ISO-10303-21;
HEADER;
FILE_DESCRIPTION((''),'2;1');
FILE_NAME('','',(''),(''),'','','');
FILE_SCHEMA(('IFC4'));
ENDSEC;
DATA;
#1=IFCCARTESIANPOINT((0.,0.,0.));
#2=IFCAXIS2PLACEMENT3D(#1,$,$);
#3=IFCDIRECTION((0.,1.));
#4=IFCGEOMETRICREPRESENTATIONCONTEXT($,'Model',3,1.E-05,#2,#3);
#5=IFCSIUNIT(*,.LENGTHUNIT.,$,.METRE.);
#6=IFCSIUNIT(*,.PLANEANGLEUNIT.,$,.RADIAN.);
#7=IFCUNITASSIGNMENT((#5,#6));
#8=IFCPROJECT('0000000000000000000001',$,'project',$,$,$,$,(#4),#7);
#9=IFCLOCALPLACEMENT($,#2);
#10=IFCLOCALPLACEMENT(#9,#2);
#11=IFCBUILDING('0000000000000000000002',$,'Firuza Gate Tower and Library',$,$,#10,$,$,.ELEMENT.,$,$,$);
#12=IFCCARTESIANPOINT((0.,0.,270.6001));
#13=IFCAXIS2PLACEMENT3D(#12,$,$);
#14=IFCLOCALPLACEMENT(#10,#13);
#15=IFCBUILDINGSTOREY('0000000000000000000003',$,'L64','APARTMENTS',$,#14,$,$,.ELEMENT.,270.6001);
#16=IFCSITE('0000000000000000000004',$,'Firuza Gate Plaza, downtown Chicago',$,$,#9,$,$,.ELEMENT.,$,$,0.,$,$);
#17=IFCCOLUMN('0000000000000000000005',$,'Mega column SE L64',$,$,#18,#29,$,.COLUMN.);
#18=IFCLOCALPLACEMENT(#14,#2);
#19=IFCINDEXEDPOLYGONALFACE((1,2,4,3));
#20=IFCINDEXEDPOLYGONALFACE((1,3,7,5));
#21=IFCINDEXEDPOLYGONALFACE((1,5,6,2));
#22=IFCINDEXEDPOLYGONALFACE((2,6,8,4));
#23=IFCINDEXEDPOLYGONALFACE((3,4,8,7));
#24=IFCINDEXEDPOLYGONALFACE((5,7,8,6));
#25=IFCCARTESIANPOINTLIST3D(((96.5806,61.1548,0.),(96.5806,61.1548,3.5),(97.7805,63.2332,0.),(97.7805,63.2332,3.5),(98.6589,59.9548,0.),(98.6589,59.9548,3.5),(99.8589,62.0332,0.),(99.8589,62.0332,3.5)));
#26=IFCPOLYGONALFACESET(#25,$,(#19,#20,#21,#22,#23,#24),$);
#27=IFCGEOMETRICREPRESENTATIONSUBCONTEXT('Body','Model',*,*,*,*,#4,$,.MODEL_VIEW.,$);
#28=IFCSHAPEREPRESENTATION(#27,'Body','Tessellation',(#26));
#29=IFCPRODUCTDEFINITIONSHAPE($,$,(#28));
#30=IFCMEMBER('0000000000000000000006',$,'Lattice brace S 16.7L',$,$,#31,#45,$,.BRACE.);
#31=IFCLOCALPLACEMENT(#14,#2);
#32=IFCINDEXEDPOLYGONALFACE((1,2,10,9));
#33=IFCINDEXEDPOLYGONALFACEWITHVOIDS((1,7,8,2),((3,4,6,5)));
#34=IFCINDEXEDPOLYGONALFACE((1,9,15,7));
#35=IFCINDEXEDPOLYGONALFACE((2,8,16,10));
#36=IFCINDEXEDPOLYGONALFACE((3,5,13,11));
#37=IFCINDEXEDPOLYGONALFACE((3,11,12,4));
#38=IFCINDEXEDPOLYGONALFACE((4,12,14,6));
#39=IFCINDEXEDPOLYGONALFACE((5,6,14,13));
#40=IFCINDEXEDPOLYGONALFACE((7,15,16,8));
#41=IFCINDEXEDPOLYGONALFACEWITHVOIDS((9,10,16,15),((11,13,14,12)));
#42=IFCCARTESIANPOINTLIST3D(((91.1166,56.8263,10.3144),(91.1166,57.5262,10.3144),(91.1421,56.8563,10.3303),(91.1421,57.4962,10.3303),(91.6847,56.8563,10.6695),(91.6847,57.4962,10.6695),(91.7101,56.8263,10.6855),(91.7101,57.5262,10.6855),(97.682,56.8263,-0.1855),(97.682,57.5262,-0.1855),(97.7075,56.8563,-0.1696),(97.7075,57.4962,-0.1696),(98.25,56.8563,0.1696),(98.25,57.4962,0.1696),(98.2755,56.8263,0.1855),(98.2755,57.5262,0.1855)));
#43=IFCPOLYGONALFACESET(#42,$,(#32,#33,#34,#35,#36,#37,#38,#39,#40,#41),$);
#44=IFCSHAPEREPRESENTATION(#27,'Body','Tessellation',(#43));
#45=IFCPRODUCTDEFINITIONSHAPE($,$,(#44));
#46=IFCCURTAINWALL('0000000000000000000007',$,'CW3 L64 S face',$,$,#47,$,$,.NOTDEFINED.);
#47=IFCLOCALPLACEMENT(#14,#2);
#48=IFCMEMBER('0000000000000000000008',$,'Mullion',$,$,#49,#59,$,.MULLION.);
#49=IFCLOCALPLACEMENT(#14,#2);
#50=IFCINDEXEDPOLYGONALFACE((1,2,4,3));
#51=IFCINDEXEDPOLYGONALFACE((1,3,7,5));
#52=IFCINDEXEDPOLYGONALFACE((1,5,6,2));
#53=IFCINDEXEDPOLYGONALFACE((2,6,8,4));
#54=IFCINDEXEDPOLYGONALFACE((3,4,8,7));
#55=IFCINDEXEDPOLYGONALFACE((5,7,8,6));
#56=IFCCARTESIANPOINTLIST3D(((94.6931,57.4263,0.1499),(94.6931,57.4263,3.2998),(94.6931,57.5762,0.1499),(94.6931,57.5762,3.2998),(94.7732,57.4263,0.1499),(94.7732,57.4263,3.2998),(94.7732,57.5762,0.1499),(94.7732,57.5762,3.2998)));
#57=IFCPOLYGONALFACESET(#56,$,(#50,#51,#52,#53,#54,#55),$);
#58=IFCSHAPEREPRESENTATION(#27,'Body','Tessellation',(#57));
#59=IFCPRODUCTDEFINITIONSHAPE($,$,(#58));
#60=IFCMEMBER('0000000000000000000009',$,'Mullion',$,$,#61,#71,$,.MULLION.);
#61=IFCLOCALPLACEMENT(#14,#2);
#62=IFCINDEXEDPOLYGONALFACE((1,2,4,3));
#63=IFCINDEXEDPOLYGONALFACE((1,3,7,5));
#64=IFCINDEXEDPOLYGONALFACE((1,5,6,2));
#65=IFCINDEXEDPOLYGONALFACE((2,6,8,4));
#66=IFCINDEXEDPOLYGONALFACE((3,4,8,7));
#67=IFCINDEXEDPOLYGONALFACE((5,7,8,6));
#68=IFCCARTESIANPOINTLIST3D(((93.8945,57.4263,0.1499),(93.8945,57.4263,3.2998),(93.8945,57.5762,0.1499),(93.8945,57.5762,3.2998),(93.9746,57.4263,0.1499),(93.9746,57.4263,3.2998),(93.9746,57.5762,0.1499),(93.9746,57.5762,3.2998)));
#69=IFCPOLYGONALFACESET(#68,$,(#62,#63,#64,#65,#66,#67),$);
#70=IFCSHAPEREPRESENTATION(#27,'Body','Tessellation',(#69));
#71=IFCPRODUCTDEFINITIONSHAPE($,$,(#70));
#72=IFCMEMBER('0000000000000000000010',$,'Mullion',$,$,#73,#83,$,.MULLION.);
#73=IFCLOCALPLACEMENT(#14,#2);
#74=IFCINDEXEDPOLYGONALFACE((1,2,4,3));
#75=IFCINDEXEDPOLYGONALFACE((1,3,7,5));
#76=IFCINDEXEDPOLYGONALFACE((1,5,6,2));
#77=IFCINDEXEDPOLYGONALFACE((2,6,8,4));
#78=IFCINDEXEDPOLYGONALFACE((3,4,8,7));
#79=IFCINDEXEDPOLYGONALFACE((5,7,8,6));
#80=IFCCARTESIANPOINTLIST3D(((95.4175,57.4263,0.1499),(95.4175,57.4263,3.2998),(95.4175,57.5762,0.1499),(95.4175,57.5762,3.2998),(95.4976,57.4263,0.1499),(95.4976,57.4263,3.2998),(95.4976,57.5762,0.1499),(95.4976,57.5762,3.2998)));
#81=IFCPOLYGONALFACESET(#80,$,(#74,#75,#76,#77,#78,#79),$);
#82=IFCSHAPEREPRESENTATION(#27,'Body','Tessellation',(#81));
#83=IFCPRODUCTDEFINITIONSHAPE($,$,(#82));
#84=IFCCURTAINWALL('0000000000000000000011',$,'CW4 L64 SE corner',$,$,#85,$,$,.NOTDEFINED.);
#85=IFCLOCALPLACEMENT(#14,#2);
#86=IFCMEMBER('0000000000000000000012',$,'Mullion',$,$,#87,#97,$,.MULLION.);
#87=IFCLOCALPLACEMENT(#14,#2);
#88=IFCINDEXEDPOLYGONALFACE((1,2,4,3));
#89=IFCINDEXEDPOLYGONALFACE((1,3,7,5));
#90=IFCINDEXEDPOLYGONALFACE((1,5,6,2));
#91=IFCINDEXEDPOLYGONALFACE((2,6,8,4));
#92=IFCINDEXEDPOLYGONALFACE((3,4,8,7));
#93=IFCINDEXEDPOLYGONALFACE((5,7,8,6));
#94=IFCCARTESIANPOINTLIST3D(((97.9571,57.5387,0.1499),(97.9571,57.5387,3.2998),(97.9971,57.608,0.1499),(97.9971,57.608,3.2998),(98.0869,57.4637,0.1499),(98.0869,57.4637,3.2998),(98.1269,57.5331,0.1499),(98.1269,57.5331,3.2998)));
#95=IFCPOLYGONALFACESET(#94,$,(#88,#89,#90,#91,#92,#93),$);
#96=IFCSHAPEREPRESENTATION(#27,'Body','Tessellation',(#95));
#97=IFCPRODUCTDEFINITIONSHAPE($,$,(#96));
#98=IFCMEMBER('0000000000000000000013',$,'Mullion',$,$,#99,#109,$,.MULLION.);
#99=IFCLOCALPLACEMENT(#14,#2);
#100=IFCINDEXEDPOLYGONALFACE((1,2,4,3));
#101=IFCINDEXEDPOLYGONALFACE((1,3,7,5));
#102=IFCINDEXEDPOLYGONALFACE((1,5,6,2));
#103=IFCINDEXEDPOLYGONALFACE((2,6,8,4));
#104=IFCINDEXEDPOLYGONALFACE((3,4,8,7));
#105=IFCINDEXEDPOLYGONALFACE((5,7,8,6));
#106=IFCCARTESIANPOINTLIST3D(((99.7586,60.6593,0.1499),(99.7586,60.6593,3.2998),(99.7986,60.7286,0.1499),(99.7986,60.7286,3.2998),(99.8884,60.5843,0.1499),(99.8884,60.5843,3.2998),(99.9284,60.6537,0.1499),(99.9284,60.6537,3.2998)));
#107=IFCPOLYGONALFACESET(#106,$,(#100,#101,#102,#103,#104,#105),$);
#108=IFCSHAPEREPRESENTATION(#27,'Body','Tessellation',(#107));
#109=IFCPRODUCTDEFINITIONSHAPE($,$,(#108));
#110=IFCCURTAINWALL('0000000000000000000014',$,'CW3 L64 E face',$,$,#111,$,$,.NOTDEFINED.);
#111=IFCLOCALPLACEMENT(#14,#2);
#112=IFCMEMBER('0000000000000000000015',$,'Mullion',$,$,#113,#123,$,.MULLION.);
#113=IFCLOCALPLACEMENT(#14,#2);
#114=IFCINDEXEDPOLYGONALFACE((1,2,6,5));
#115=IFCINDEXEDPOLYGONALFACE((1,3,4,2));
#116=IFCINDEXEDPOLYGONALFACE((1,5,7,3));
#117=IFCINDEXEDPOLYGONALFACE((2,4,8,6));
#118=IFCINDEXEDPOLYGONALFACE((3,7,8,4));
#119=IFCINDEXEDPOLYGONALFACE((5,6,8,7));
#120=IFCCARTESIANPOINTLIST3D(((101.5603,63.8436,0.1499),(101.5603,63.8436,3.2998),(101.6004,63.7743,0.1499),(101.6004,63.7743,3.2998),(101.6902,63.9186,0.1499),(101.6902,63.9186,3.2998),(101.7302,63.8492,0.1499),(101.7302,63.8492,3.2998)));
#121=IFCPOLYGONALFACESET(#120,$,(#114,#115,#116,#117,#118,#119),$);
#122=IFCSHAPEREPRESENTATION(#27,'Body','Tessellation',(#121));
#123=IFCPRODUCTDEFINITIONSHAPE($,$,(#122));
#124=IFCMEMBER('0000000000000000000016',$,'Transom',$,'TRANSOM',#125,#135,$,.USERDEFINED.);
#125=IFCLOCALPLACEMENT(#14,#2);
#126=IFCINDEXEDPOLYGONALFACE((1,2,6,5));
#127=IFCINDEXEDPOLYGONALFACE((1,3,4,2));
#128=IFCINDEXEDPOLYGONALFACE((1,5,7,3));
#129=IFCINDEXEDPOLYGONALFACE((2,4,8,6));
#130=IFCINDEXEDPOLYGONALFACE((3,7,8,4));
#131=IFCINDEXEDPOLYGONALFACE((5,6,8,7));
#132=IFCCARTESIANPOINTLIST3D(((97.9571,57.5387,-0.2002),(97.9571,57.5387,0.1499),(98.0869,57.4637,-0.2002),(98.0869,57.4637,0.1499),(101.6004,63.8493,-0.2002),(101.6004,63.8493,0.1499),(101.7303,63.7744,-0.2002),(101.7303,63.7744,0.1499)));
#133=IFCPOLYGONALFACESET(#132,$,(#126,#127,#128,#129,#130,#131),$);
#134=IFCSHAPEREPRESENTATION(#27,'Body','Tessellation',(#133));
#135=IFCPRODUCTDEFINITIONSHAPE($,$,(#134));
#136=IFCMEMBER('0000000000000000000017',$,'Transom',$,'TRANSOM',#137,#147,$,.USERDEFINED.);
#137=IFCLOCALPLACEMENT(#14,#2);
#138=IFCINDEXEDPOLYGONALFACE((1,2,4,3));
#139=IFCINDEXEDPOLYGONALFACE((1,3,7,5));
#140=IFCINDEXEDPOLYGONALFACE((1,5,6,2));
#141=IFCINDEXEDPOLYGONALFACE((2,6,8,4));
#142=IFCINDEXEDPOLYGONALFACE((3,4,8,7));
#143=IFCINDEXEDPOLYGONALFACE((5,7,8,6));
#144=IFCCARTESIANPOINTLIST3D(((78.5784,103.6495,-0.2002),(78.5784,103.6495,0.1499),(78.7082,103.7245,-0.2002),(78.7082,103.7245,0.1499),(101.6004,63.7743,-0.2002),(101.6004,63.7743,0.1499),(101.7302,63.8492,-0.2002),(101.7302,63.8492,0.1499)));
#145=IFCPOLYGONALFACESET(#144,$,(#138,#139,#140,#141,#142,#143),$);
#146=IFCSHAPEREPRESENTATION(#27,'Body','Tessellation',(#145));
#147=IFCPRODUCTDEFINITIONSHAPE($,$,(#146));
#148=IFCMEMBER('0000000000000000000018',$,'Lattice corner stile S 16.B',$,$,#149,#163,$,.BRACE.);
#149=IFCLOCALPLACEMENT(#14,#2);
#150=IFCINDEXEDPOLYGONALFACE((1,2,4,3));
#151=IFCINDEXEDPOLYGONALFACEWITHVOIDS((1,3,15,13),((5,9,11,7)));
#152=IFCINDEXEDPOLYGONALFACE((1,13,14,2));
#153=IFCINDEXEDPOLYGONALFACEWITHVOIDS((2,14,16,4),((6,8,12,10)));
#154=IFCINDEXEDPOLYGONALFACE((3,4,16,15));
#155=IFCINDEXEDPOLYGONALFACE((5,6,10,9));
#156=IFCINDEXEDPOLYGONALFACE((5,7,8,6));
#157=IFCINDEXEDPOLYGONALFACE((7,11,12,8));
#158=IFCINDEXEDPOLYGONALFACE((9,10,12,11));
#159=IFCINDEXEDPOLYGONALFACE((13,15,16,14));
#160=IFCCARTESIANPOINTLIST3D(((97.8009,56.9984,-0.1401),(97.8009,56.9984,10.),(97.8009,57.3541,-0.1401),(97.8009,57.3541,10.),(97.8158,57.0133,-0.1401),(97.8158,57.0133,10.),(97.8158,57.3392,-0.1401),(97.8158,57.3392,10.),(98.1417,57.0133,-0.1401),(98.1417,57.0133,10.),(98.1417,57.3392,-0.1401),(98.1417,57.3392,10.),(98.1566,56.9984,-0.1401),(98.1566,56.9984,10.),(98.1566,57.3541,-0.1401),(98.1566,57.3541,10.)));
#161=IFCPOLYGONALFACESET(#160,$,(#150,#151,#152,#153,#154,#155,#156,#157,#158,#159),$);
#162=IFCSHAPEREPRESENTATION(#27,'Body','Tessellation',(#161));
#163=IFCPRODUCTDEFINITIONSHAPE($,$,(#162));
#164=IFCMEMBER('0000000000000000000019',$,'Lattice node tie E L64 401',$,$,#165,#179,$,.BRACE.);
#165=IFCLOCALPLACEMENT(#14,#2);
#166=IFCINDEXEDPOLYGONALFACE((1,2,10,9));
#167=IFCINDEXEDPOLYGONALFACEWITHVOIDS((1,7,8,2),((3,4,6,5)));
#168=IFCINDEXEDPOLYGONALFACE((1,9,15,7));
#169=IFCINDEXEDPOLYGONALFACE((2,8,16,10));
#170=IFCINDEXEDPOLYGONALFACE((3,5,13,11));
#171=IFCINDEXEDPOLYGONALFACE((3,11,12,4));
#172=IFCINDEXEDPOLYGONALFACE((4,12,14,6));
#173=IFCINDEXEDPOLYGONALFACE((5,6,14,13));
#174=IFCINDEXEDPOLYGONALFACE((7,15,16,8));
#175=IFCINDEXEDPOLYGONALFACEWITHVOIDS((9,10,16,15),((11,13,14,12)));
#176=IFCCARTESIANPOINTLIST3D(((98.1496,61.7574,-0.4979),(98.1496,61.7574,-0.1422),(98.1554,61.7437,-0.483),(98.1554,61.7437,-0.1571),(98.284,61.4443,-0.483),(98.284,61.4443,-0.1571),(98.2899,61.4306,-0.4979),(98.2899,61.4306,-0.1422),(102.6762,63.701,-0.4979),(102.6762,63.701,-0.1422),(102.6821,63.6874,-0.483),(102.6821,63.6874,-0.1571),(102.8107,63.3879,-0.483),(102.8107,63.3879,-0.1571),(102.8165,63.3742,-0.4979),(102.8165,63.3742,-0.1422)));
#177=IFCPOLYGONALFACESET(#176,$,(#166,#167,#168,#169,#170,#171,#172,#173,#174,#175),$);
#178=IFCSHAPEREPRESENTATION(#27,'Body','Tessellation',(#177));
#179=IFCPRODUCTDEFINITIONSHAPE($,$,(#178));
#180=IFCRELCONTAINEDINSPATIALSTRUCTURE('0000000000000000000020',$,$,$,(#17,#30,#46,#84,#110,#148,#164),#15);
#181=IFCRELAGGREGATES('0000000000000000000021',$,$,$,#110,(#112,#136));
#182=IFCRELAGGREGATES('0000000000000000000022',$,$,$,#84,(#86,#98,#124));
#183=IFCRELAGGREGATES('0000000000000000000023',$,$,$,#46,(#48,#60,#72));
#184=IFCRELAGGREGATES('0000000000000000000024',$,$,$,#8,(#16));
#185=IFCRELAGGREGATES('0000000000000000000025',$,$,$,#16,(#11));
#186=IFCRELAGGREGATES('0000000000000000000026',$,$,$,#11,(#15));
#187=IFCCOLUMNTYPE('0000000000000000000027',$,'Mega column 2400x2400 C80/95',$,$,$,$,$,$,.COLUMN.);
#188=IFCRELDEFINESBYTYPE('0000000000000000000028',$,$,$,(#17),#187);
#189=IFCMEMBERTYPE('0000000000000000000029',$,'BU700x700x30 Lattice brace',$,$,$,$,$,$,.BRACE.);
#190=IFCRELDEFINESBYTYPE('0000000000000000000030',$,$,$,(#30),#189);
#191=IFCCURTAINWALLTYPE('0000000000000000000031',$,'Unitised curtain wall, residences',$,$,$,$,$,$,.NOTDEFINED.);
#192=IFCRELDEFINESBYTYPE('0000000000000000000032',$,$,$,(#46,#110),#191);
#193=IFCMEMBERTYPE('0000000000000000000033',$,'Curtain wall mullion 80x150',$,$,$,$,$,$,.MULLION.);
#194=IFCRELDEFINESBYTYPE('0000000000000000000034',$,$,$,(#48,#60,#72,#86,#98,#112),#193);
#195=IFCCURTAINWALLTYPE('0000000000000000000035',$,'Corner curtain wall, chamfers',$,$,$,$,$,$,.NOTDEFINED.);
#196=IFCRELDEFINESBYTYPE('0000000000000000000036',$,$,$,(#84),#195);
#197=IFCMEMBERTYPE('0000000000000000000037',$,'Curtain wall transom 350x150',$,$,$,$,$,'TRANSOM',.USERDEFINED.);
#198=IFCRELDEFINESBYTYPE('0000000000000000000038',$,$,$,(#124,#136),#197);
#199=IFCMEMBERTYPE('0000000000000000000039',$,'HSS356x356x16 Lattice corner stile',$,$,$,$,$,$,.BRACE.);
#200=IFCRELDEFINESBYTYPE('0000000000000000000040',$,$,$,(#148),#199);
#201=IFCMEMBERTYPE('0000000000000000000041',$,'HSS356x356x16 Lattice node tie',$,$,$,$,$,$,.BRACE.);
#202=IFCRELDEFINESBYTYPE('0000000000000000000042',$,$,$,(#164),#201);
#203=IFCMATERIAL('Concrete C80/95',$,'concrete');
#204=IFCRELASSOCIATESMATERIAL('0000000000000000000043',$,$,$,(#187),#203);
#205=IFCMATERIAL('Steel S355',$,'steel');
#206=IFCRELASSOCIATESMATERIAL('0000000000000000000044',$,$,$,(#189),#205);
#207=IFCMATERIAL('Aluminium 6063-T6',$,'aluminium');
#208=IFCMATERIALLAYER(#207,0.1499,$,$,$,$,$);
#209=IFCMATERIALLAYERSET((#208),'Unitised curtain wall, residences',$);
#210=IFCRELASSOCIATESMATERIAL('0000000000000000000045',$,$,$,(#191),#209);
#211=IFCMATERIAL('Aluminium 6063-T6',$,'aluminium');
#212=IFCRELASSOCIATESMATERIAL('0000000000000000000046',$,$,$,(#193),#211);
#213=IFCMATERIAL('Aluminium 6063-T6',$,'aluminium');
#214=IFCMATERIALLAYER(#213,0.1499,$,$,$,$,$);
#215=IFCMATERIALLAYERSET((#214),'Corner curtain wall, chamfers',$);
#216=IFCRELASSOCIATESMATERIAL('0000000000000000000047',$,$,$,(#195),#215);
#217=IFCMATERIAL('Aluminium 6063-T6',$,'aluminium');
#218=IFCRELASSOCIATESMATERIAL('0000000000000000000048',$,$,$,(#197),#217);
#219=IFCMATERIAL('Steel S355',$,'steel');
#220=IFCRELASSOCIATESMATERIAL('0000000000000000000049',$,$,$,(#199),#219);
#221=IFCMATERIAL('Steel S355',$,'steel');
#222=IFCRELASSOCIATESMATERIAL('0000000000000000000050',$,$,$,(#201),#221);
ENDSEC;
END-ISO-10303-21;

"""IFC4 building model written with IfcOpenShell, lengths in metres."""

from ifc_helpers import new_model, si_unit, direction, frame, origin, origin_2d, place, context, subcontext, project, spatial, rectangle, hollow_rectangle, extrude, material, layer, layer_set, material_profile, profile_set, type_object, element, aggregate, save


model = new_model("IFC4")

# Units and contexts
model_context = context("Model", 3, precision=1e-05, world=origin(), true_north=direction((0.0, 1.0)))
body_context = subcontext(model_context, "Body", "Model", "MODEL_VIEW")
ifc_project = project(units=[si_unit("LENGTHUNIT", "METRE"), si_unit("PLANEANGLEUNIT", "RADIAN")], contexts=[model_context])

# Site, building, storey
site_placement = place(None, origin())
site = spatial("IfcSite", under=ifc_project, at=site_placement, Name="Firuza Gate Plaza, downtown Chicago", CompositionType="ELEMENT", RefElevation=0.0)
building_placement = place(site_placement, origin())
building = spatial("IfcBuilding", under=site, at=building_placement, Name="Firuza Gate Tower and Library", CompositionType="ELEMENT")
storey_placement = place(building_placement, frame((0.0, 0.0, 270.6001)))
storey = spatial("IfcBuildingStorey", under=building, at=storey_placement, Name="L64", Description="APARTMENTS", CompositionType="ELEMENT", Elevation=270.6001)

# Column
ifc_material_1 = material(Name="Concrete C80/95", Category="concrete")
ifc_material_profile_1 = material_profile(ifc_material_1, rectangle(XDim=2.3999, YDim=2.3999, at=origin_2d()))
ifc_profile_set_1 = profile_set([ifc_material_profile_1], Name="Concrete C80/95")
column_type = type_object("IfcColumnType", Name="Mega column 2400x2400 C80/95", PredefinedType="COLUMN", material=ifc_profile_set_1)
column_placement = place(storey_placement, frame((98.2197, 61.594, 0.0), z_axis=(0.0, 0.0, 1.0), x_axis=(0.5, 0.866025, 0.0)))
element("IfcColumn", 1, at=column_placement, inside=storey, type_object=column_type, Name="Mega column SE L64", PredefinedType="COLUMN", context=body_context, shape_type="SweptSolid", body=[
    extrude(rectangle(XDim=2.3999, YDim=2.3999, at=origin_2d()), origin(), (0.0, 0.0, 1.0), 3.5),
])

# Member
ifc_material_2 = material(Name="Steel S355", Category="steel")
ifc_material_profile_2 = material_profile(ifc_material_2, hollow_rectangle(XDim=0.7, YDim=0.7, WallThickness=0.03, at=origin_2d()))
ifc_profile_set_2 = profile_set([ifc_material_profile_2], Name="Steel S355")
member_type_1 = type_object("IfcMemberType", Name="BU700x700x30 Lattice brace", PredefinedType="BRACE", material=ifc_profile_set_2)
member_1_placement = place(storey_placement, frame((97.9788, 57.1763, 0.0), z_axis=(-0.530169, 0.0, 0.847892), x_axis=(0.0, -1.0, 0.0)))
element("IfcMember", 2, at=member_1_placement, inside=storey, type_object=member_type_1, Name="Lattice brace S 16.7L", PredefinedType="BRACE", context=body_context, shape_type="SweptSolid", body=[
    extrude(hollow_rectangle(XDim=0.7, YDim=0.7, WallThickness=0.03, at=origin_2d()), origin(), (0.0, 0.0, 1.0), 12.3835),
])

# Curtain walls, members
ifc_material_3 = material(Name="Aluminium 6063-T6", Category="aluminium")
ifc_layer_1 = layer(ifc_material_3, 0.1499)
ifc_layer_set_1 = layer_set([ifc_layer_1], Name="Unitised curtain wall, residences")
curtain_wall_type_1 = type_object("IfcCurtainWallType", Name="Unitised curtain wall, residences", PredefinedType="NOTDEFINED", material=ifc_layer_set_1)
placement = place(storey_placement, origin())
curtain_wall_1 = element("IfcCurtainWall", 3, at=placement, inside=storey, type_object=curtain_wall_type_1, Name="CW3 L64 S face", PredefinedType="NOTDEFINED")
ifc_material_4 = material(Name="Aluminium 6063-T6", Category="aluminium")
ifc_material_profile_3 = material_profile(ifc_material_4, rectangle(XDim=0.1499, YDim=0.0801, at=origin_2d()))
ifc_profile_set_3 = profile_set([ifc_material_profile_3], Name="Aluminium 6063-T6")
member_type_2 = type_object("IfcMemberType", Name="Curtain wall mullion 80x150", PredefinedType="MULLION", material=ifc_profile_set_3)
member_2_placement = place(storey_placement, frame((94.7332, 57.5012, 0.1499), z_axis=(0.0, 0.0, 1.0), x_axis=(0.0, 1.0, 0.0)))
member_2 = element("IfcMember", 4, at=member_2_placement, type_object=member_type_2, Name="Mullion", PredefinedType="MULLION", context=body_context, shape_type="SweptSolid", body=[
    extrude(rectangle(XDim=0.1499, YDim=0.0801, at=origin_2d()), origin(), (0.0, 0.0, 1.0), 3.1499),
])
member_3_placement = place(storey_placement, frame((93.9346, 57.5012, 0.1499), z_axis=(0.0, 0.0, 1.0), x_axis=(0.0, 1.0, 0.0)))
member_3 = element("IfcMember", 5, at=member_3_placement, type_object=member_type_2, Name="Mullion", PredefinedType="MULLION", context=body_context, shape_type="SweptSolid", body=[
    extrude(rectangle(XDim=0.1499, YDim=0.0801, at=origin_2d()), origin(), (0.0, 0.0, 1.0), 3.1499),
])
member_4_placement = place(storey_placement, frame((95.4575, 57.5012, 0.1499), z_axis=(0.0, 0.0, 1.0), x_axis=(0.0, 1.0, 0.0)))
member_4 = element("IfcMember", 6, at=member_4_placement, type_object=member_type_2, Name="Mullion", PredefinedType="MULLION", context=body_context, shape_type="SweptSolid", body=[
    extrude(rectangle(XDim=0.1499, YDim=0.0801, at=origin_2d()), origin(), (0.0, 0.0, 1.0), 3.1499),
])
ifc_material_5 = material(Name="Aluminium 6063-T6", Category="aluminium")
ifc_layer_2 = layer(ifc_material_5, 0.1499)
ifc_layer_set_2 = layer_set([ifc_layer_2], Name="Corner curtain wall, chamfers")
curtain_wall_type_2 = type_object("IfcCurtainWallType", Name="Corner curtain wall, chamfers", PredefinedType="NOTDEFINED", material=ifc_layer_set_2)
curtain_wall_2 = element("IfcCurtainWall", 7, at=placement, inside=storey, type_object=curtain_wall_type_2, Name="CW4 L64 SE corner", PredefinedType="NOTDEFINED")
member_5_placement = place(storey_placement, frame((98.042, 57.5359, 0.1499), z_axis=(0.0, 0.0, 1.0), x_axis=(-0.866025, 0.5, 0.0)))
member_5 = element("IfcMember", 8, at=member_5_placement, type_object=member_type_2, Name="Mullion", PredefinedType="MULLION", context=body_context, shape_type="SweptSolid", body=[
    extrude(rectangle(XDim=0.1499, YDim=0.0801, at=origin_2d()), origin(), (0.0, 0.0, 1.0), 3.1499),
])
member_6_placement = place(storey_placement, frame((99.8435, 60.6565, 0.1499), z_axis=(0.0, 0.0, 1.0), x_axis=(-0.866025, 0.5, 0.0)))
member_6 = element("IfcMember", 9, at=member_6_placement, type_object=member_type_2, Name="Mullion", PredefinedType="MULLION", context=body_context, shape_type="SweptSolid", body=[
    extrude(rectangle(XDim=0.1499, YDim=0.0801, at=origin_2d()), origin(), (0.0, 0.0, 1.0), 3.1499),
])

# Curtain wall, member
curtain_wall_3 = element("IfcCurtainWall", 10, at=placement, inside=storey, type_object=curtain_wall_type_1, Name="CW3 L64 E face", PredefinedType="NOTDEFINED")
member_7_placement = place(storey_placement, frame((101.6453, 63.8464, 0.1499), z_axis=(0.0, 0.0, 1.0), x_axis=(-0.866025, -0.5, 0.0)))
member_7 = element("IfcMember", 11, at=member_7_placement, type_object=member_type_2, Name="Mullion", PredefinedType="MULLION", context=body_context, shape_type="SweptSolid", body=[
    extrude(rectangle(XDim=0.1499, YDim=0.0801, at=origin_2d()), origin(), (0.0, 0.0, 1.0), 3.1499),
])

# Members
ifc_material_6 = material(Name="Aluminium 6063-T6", Category="aluminium")
ifc_material_profile_4 = material_profile(ifc_material_6, rectangle(XDim=0.1499, YDim=0.3501, at=origin_2d()))
ifc_profile_set_4 = profile_set([ifc_material_profile_4], Name="Aluminium 6063-T6")
member_type_3 = type_object("IfcMemberType", Name="Curtain wall transom 350x150", ElementType="TRANSOM", PredefinedType="USERDEFINED", material=ifc_profile_set_4)
member_8_placement = place(storey_placement, frame((98.022, 57.5012, -0.0251), z_axis=(0.499991, 0.86603, 0.0), x_axis=(-0.86603, 0.499991, 0.0)))
member_8 = element("IfcMember", 12, at=member_8_placement, type_object=member_type_3, Name="Transom", ObjectType="TRANSOM", PredefinedType="USERDEFINED", context=body_context, shape_type="SweptSolid", body=[
    extrude(rectangle(XDim=0.1499, YDim=0.3501, at=origin_2d()), origin(), (0.0, 0.0, 1.0), 7.2869),
])
member_9_placement = place(storey_placement, frame((101.6653, 63.8118, -0.0251), z_axis=(-0.5, 0.866026, 0.0), x_axis=(-0.866026, -0.5, 0.0)))
member_9 = element("IfcMember", 13, at=member_9_placement, type_object=member_type_3, Name="Transom", ObjectType="TRANSOM", PredefinedType="USERDEFINED", context=body_context, shape_type="SweptSolid", body=[
    extrude(rectangle(XDim=0.1499, YDim=0.3501, at=origin_2d()), origin(), (0.0, 0.0, 1.0), 46.0439),
])
aggregate(curtain_wall_3, [member_7, member_9])

# Members
ifc_material_7 = material(Name="Steel S355", Category="steel")
ifc_material_profile_5 = material_profile(ifc_material_7, hollow_rectangle(XDim=0.3557, YDim=0.3557, WallThickness=0.0149, at=origin_2d()))
ifc_profile_set_5 = profile_set([ifc_material_profile_5], Name="Steel S355")
member_type_4 = type_object("IfcMemberType", Name="HSS356x356x16 Lattice corner stile", PredefinedType="BRACE", material=ifc_profile_set_5)
member_10_placement = place(storey_placement, frame((97.9788, 57.1763, -0.1401), z_axis=(0.0, 0.0, 1.0), x_axis=(1.0, 0.0, 0.0)))
element("IfcMember", 14, at=member_10_placement, inside=storey, type_object=member_type_4, Name="Lattice corner stile S 16.B", PredefinedType="BRACE", context=body_context, shape_type="SweptSolid", body=[
    extrude(hollow_rectangle(XDim=0.3557, YDim=0.3557, WallThickness=0.0149, at=origin_2d()), origin(), (0.0, 0.0, 1.0), 10.1401),
])
ifc_material_8 = material(Name="Steel S355", Category="steel")
ifc_material_profile_6 = material_profile(ifc_material_8, hollow_rectangle(XDim=0.3557, YDim=0.3557, WallThickness=0.0149, at=origin_2d()))
ifc_profile_set_6 = profile_set([ifc_material_profile_6], Name="Steel S355")
member_type_5 = type_object("IfcMemberType", Name="HSS356x356x16 Lattice node tie", PredefinedType="BRACE", material=ifc_profile_set_6)
member_11_placement = place(storey_placement, frame((98.2197, 61.594, -0.3201), z_axis=(0.918878, 0.394541, 0.0), x_axis=(-0.394541, 0.918878, 0.0)))
element("IfcMember", 15, at=member_11_placement, inside=storey, type_object=member_type_5, Name="Lattice node tie E L64 401", PredefinedType="BRACE", context=body_context, shape_type="SweptSolid", body=[
    extrude(hollow_rectangle(XDim=0.3557, YDim=0.3557, WallThickness=0.0149, at=origin_2d()), origin(), (0.0, 0.0, 1.0), 4.9263),
])

aggregate(curtain_wall_2, [member_5, member_6, member_8])
aggregate(curtain_wall_1, [member_2, member_3, member_4])

save(model, "model.ifc")
